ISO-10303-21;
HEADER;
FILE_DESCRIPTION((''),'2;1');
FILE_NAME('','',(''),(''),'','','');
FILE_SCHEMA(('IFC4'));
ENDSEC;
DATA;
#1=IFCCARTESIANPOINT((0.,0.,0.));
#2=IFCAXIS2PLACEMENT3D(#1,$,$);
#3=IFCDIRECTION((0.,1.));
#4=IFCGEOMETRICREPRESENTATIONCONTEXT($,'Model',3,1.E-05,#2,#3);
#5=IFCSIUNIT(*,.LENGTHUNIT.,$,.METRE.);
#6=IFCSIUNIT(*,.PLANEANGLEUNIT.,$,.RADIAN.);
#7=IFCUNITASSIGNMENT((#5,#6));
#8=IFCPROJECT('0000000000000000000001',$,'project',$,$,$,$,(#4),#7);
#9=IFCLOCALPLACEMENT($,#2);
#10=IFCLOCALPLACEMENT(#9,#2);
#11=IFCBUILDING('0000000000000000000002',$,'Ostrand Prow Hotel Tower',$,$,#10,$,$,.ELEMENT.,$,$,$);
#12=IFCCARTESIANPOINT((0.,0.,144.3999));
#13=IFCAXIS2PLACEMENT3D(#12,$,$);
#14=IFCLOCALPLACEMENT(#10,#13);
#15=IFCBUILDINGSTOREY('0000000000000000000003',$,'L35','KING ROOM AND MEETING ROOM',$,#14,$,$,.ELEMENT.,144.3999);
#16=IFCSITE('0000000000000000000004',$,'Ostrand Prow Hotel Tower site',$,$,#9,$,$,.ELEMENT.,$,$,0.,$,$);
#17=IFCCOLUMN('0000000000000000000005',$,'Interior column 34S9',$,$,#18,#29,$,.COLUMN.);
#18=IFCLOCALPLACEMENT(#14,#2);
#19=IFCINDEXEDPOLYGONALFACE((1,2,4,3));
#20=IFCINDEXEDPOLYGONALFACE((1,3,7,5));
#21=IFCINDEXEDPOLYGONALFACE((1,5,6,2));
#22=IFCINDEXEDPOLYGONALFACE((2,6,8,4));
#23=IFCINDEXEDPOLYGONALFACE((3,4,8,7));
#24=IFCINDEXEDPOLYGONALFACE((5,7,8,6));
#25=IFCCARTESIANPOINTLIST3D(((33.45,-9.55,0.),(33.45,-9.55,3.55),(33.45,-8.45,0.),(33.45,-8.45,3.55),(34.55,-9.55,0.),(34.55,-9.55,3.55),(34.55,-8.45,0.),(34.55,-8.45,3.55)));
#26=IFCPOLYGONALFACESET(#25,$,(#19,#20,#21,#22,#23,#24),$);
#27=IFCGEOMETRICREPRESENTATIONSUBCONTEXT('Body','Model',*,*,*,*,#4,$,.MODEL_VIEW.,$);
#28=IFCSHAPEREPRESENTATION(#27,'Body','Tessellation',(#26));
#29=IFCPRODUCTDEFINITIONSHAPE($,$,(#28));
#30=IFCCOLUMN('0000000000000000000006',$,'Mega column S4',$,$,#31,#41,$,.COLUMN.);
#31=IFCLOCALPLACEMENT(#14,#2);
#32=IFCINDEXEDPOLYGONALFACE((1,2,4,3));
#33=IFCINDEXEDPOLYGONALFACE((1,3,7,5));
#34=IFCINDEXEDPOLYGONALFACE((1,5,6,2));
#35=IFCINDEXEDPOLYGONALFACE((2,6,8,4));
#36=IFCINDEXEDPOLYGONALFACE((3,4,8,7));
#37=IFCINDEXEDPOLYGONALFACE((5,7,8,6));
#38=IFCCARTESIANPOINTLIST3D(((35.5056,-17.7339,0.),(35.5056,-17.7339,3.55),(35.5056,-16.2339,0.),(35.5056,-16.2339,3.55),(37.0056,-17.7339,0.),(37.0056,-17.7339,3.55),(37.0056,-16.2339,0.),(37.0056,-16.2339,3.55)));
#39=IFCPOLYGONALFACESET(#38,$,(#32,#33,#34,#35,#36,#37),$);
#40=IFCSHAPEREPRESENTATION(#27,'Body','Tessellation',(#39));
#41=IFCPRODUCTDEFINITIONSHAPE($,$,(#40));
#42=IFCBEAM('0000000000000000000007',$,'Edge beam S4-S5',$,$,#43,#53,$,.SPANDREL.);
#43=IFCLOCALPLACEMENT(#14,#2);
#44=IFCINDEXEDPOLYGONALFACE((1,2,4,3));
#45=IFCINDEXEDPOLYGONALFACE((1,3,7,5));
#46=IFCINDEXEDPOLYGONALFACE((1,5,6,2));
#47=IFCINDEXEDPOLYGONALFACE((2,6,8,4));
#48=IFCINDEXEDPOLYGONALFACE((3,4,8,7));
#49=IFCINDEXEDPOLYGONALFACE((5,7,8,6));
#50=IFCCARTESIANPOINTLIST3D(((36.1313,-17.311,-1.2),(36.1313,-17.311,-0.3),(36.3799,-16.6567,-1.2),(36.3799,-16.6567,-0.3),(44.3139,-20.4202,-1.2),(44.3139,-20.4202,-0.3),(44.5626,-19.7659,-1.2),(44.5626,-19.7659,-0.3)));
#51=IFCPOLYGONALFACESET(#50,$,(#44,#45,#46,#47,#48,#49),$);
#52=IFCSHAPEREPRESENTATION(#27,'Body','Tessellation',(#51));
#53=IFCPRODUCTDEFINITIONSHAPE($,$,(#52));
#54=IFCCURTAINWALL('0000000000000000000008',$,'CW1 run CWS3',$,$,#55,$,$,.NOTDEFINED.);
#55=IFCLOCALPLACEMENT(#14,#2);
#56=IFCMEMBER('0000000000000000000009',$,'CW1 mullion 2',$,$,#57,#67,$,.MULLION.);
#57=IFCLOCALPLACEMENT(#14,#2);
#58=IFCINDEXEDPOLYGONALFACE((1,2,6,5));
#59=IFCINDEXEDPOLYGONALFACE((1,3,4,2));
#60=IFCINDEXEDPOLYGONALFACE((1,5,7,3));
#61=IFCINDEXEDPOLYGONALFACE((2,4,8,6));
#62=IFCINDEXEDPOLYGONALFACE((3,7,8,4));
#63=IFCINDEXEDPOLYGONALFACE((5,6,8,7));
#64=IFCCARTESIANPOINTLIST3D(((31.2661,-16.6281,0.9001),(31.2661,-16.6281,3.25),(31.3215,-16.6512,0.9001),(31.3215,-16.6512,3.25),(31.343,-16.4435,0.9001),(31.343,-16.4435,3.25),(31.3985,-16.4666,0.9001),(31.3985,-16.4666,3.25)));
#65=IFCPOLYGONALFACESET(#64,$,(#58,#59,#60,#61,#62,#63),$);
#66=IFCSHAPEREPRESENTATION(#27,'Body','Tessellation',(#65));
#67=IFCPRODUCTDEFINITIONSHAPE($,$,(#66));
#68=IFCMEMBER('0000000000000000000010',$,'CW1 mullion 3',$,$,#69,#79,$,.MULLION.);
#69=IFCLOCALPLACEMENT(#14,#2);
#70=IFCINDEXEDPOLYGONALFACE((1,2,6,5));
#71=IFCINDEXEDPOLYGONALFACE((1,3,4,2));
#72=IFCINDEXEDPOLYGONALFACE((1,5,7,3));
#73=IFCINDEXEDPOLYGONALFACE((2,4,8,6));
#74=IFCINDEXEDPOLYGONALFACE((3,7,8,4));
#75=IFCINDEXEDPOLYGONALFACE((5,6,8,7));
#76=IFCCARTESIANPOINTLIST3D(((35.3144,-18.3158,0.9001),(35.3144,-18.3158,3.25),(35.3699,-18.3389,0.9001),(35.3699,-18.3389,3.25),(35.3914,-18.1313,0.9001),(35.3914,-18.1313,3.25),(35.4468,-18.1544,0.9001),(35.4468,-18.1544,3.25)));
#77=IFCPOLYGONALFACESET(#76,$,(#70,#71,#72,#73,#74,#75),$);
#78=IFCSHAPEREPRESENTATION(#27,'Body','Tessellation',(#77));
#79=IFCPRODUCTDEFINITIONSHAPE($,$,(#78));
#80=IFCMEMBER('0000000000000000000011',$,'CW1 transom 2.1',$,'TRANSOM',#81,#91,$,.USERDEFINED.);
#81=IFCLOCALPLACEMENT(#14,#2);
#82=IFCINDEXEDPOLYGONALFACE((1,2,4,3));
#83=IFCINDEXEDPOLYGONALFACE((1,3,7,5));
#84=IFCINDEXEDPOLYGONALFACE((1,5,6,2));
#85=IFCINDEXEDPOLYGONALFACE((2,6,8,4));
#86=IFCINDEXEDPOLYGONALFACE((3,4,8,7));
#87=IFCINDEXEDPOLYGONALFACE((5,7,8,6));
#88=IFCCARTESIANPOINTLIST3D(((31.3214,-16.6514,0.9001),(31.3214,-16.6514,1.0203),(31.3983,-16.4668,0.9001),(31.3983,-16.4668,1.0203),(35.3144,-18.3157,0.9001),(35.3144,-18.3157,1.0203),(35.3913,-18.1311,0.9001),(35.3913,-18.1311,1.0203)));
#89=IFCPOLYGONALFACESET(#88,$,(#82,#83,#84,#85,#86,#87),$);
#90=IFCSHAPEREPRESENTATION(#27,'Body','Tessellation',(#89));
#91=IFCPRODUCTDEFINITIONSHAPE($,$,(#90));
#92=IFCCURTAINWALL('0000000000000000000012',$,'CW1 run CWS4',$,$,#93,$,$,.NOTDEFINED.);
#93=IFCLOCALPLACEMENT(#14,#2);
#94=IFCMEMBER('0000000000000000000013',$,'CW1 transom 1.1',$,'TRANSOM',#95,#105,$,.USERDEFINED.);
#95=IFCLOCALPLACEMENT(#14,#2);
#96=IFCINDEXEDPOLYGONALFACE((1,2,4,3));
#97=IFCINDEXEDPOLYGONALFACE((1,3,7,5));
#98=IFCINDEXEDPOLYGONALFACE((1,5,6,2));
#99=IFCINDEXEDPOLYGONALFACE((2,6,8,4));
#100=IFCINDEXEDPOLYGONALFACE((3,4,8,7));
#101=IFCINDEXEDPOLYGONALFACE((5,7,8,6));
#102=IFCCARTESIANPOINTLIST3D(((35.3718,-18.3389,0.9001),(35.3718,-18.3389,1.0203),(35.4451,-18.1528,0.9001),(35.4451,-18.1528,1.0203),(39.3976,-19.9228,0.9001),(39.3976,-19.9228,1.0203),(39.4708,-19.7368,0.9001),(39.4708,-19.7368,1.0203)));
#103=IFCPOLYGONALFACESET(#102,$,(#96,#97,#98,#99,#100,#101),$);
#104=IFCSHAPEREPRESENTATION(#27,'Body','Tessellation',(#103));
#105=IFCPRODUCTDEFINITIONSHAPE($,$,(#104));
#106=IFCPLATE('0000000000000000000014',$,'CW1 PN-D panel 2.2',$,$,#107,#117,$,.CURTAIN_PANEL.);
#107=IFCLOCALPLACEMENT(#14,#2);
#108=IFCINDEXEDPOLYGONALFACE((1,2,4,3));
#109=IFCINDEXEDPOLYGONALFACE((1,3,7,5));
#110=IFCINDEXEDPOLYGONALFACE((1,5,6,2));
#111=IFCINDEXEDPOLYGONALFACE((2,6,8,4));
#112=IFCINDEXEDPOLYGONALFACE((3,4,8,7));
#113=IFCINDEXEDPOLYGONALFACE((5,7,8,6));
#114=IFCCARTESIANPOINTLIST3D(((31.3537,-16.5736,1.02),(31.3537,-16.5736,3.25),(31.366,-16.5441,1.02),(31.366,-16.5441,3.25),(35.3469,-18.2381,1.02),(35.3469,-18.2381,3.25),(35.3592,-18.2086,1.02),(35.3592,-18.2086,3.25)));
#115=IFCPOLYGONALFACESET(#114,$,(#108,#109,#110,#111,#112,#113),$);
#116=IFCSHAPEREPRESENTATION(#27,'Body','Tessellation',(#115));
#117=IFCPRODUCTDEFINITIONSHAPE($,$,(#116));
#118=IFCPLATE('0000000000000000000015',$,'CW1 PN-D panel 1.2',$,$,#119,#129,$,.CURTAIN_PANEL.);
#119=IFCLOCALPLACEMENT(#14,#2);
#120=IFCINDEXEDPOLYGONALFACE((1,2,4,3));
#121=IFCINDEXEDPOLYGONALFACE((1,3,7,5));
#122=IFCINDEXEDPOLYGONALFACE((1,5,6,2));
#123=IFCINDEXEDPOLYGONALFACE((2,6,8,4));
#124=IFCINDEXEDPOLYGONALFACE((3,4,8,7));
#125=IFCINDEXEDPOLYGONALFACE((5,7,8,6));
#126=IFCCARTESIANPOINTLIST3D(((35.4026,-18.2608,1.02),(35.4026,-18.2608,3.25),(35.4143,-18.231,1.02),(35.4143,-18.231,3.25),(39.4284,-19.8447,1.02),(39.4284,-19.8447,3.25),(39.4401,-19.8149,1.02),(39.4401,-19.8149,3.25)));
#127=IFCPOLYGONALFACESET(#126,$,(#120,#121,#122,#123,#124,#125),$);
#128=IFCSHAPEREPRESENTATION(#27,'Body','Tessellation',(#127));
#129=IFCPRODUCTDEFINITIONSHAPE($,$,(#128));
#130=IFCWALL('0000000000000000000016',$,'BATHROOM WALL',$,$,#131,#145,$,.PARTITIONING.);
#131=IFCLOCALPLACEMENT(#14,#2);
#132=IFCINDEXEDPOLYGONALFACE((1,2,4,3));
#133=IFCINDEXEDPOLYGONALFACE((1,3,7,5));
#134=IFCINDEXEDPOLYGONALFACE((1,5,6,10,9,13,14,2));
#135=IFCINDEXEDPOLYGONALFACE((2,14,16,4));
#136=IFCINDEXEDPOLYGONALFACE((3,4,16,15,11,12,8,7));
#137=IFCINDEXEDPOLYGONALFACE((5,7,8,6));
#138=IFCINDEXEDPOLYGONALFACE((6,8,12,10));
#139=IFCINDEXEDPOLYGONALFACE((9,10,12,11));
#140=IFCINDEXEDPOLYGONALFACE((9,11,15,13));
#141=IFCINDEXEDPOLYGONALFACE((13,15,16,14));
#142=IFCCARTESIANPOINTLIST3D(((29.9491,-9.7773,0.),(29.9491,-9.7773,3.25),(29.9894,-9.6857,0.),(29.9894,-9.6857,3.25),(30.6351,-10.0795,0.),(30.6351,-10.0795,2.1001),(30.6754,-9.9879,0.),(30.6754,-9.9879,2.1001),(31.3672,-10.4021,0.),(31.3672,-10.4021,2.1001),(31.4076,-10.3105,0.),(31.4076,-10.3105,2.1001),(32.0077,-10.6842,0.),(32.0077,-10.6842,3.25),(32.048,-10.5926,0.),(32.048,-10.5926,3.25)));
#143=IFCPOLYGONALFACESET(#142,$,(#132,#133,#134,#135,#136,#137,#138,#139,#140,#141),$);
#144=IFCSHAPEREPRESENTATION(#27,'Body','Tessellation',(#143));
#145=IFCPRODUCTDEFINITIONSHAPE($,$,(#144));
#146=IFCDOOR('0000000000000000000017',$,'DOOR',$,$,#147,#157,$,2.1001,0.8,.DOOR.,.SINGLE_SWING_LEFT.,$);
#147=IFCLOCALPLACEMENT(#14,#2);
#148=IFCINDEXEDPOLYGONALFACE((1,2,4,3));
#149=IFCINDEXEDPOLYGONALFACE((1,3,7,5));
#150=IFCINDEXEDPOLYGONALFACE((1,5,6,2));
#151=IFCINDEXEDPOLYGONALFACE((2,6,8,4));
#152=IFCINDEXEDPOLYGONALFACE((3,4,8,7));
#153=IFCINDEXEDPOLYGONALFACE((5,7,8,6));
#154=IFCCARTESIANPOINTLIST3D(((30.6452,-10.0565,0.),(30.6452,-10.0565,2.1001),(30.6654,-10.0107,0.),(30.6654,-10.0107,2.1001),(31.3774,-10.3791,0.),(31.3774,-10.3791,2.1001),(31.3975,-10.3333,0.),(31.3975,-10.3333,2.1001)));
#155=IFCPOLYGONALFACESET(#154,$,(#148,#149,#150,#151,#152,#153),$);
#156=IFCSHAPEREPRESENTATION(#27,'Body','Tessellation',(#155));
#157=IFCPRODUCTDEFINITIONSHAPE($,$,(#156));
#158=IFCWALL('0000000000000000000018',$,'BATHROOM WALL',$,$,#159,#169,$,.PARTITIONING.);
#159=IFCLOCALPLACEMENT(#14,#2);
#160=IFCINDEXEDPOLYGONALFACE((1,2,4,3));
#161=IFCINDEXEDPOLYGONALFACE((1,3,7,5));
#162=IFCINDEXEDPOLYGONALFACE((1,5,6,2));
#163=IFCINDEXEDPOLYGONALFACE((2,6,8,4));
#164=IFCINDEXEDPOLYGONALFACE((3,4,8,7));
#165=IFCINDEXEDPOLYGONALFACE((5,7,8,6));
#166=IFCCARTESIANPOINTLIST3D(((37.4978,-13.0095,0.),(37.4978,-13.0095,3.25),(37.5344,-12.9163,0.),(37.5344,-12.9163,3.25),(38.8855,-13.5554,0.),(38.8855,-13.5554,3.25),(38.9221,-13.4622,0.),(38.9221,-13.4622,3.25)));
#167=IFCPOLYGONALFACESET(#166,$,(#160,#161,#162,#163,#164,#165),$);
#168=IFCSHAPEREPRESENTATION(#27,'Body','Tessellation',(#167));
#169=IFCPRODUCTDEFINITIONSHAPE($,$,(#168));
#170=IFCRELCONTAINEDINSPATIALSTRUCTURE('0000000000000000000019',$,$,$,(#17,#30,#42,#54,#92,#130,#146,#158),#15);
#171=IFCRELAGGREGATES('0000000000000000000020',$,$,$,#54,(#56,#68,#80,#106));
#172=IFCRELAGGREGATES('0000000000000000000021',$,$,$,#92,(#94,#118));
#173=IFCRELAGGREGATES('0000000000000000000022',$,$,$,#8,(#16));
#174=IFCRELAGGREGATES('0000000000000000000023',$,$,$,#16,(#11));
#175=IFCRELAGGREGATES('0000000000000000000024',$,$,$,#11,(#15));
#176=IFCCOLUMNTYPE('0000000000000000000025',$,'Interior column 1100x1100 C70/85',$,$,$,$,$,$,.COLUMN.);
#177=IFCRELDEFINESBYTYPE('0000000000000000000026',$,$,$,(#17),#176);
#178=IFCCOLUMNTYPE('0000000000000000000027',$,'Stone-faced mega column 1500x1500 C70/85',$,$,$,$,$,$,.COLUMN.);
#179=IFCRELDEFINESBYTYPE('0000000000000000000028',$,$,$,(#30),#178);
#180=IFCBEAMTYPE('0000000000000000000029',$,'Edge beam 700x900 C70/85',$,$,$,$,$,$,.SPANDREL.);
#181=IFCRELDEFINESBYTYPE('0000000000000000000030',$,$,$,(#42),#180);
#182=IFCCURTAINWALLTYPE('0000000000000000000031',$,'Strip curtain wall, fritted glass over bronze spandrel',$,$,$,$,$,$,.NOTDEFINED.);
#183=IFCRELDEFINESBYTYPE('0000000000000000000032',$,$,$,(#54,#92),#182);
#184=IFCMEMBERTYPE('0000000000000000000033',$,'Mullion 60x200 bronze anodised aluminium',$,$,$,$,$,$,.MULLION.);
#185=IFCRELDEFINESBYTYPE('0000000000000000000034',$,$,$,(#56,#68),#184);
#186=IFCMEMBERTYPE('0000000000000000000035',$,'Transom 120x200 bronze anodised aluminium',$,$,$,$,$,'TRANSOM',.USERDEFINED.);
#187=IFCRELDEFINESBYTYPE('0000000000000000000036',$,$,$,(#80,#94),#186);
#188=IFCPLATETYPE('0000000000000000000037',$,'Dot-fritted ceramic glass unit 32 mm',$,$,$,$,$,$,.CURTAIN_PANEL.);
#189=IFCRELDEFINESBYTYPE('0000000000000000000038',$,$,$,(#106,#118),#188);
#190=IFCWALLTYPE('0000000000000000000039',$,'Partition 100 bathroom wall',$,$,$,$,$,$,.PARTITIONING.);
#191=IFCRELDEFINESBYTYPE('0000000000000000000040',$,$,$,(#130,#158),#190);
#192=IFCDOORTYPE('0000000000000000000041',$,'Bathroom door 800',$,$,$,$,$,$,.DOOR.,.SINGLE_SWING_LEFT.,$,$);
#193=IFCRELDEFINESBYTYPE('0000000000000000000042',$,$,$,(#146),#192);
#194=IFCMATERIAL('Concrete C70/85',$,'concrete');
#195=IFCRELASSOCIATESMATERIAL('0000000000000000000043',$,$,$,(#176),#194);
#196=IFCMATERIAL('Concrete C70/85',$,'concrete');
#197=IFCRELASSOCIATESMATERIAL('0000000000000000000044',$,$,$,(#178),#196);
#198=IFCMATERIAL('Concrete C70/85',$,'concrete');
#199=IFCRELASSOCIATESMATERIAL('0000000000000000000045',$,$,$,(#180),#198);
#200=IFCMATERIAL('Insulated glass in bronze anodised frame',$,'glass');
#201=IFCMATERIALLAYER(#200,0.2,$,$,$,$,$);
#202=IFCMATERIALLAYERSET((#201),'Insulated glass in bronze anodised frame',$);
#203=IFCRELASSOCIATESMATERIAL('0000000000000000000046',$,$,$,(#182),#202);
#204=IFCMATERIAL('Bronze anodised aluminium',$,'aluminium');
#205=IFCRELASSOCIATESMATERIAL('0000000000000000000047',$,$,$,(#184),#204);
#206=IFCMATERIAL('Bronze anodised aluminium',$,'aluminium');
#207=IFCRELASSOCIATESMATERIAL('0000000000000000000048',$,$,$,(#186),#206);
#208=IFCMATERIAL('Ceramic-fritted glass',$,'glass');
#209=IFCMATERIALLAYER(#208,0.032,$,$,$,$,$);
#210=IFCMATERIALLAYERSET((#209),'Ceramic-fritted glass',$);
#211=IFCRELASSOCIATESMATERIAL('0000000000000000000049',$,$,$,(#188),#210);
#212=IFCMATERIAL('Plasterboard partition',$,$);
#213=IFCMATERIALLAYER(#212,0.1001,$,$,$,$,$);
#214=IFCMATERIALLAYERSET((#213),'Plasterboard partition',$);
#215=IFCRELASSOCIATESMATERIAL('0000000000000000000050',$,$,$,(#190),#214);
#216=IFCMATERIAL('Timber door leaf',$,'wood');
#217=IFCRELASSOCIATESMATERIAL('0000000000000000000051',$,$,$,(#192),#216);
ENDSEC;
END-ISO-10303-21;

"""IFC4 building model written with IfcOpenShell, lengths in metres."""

from ifc_helpers import new_model, si_unit, direction, frame, frame_2d, origin, origin_2d, place, context, subcontext, project, spatial, rectangle, extrude, material, layer, layer_set, material_profile, profile_set, type_object, element, fill, aggregate, save


model = new_model("IFC4")

# Units and contexts
model_context = context("Model", 3, precision=1e-05, world=origin(), true_north=direction((0.0, 1.0)))
body_context = subcontext(model_context, "Body", "Model", "MODEL_VIEW")
ifc_project = project(units=[si_unit("LENGTHUNIT", "METRE"), si_unit("PLANEANGLEUNIT", "RADIAN")], contexts=[model_context])

# Site, building, storey
site_placement = place(None, origin())
site = spatial("IfcSite", under=ifc_project, at=site_placement, Name="Ostrand Prow Hotel Tower site", CompositionType="ELEMENT", RefElevation=0.0)
building_placement = place(site_placement, origin())
building = spatial("IfcBuilding", under=site, at=building_placement, Name="Ostrand Prow Hotel Tower", CompositionType="ELEMENT")
storey_placement = place(building_placement, frame((0.0, 0.0, 144.3999)))
storey = spatial("IfcBuildingStorey", under=building, at=storey_placement, Name="L35", Description="KING ROOM AND MEETING ROOM", CompositionType="ELEMENT", Elevation=144.3999)

# Columns
ifc_material_1 = material(Name="Concrete C70/85", Category="concrete")
ifc_material_profile_1 = material_profile(ifc_material_1, rectangle(XDim=1.1001, YDim=1.1001, at=origin_2d()), Name="RC 1100x1100")
ifc_profile_set_1 = profile_set([ifc_material_profile_1], Name="Concrete C70/85")
column_type_1 = type_object("IfcColumnType", Name="Interior column 1100x1100 C70/85", PredefinedType="COLUMN", material=ifc_profile_set_1)
column_1_placement = place(storey_placement, frame((34.0, -9.0, 0.0), z_axis=(0.0, 0.0, 1.0), x_axis=(1.0, 0.0, 0.0)))
element("IfcColumn", 1, at=column_1_placement, inside=storey, type_object=column_type_1, Name="Interior column 34S9", PredefinedType="COLUMN", context=body_context, shape_type="SweptSolid", body=[
    extrude(rectangle(XDim=1.1001, YDim=1.1001, at=origin_2d()), origin(), (0.0, 0.0, 1.0), 3.55),
])
ifc_material_2 = material(Name="Concrete C70/85", Category="concrete")
ifc_material_profile_2 = material_profile(ifc_material_2, rectangle(XDim=1.5, YDim=1.5, at=origin_2d()), Name="RC 1500x1500")
ifc_profile_set_2 = profile_set([ifc_material_profile_2], Name="Concrete C70/85")
column_type_2 = type_object("IfcColumnType", Name="Stone-faced mega column 1500x1500 C70/85", PredefinedType="COLUMN", material=ifc_profile_set_2)
column_2_placement = place(storey_placement, frame((36.2556, -16.9839, 0.0), z_axis=(0.0, 0.0, 1.0), x_axis=(1.0, 0.0, 0.0)))
element("IfcColumn", 2, at=column_2_placement, inside=storey, type_object=column_type_2, Name="Mega column S4", PredefinedType="COLUMN", context=body_context, shape_type="SweptSolid", body=[
    extrude(rectangle(XDim=1.5, YDim=1.5, at=origin_2d()), origin(), (0.0, 0.0, 1.0), 3.55),
])

# Beam
ifc_material_3 = material(Name="Concrete C70/85", Category="concrete")
ifc_material_profile_3 = material_profile(ifc_material_3, rectangle(XDim=0.7, YDim=0.8999, at=origin_2d()), Name="RC 700x900")
ifc_profile_set_3 = profile_set([ifc_material_profile_3], Name="Concrete C70/85")
beam_type = type_object("IfcBeamType", Name="Edge beam 700x900 C70/85", PredefinedType="SPANDREL", material=ifc_profile_set_3)
beam_placement = place(storey_placement, frame((36.2556, -16.9839, -0.75), z_axis=(0.934794, -0.355191, 0.0), x_axis=(0.355191, 0.934794, 0.0)))
element("IfcBeam", 3, at=beam_placement, inside=storey, type_object=beam_type, Name="Edge beam S4-S5", PredefinedType="SPANDREL", context=body_context, shape_type="SweptSolid", body=[
    extrude(rectangle(XDim=0.7, YDim=0.8999, at=origin_2d()), origin(), (0.0, 0.0, 1.0), 8.7534),
])

# Curtain wall, members
ifc_material_4 = material(Name="Insulated glass in bronze anodised frame", Category="glass")
ifc_layer_1 = layer(ifc_material_4, 0.2)
ifc_layer_set_1 = layer_set([ifc_layer_1], Name="Insulated glass in bronze anodised frame")
curtain_wall_type = type_object("IfcCurtainWallType", Name="Strip curtain wall, fritted glass over bronze spandrel", PredefinedType="NOTDEFINED", material=ifc_layer_set_1)
curtain_wall_1_placement = place(storey_placement, origin())
curtain_wall_1 = element("IfcCurtainWall", 4, at=curtain_wall_1_placement, inside=storey, type_object=curtain_wall_type, Name="CW1 run CWS3", PredefinedType="NOTDEFINED")
ifc_material_5 = material(Name="Bronze anodised aluminium", Category="aluminium")
ifc_material_profile_4 = material_profile(ifc_material_5, rectangle(XDim=0.2, YDim=0.0601, at=origin_2d()), Name="Mullion 60x200 bronze anodised aluminium")
ifc_profile_set_4 = profile_set([ifc_material_profile_4], Name="Bronze anodised aluminium")
member_type_1 = type_object("IfcMemberType", Name="Mullion 60x200 bronze anodised aluminium", PredefinedType="MULLION", material=ifc_profile_set_4)
member_1_placement = place(storey_placement, frame((31.3323, -16.5474, 0.9001), z_axis=(0.0, 0.0, 1.0), x_axis=(0.384743, 0.923024, 0.0)))
member_1 = element("IfcMember", 5, at=member_1_placement, type_object=member_type_1, Name="CW1 mullion 2", PredefinedType="MULLION", context=body_context, shape_type="SweptSolid", body=[
    extrude(rectangle(XDim=0.2, YDim=0.0601, at=origin_2d()), origin(), (0.0, 0.0, 1.0), 2.3499),
])
member_2_placement = place(storey_placement, frame((35.3806, -18.2351, 0.9001), z_axis=(0.0, 0.0, 1.0), x_axis=(0.384743, 0.923024, 0.0)))
member_2 = element("IfcMember", 6, at=member_2_placement, type_object=member_type_1, Name="CW1 mullion 3", PredefinedType="MULLION", context=body_context, shape_type="SweptSolid", body=[
    extrude(rectangle(XDim=0.2, YDim=0.0601, at=origin_2d()), origin(), (0.0, 0.0, 1.0), 2.3499),
])
ifc_material_6 = material(Name="Bronze anodised aluminium", Category="aluminium")
ifc_material_profile_5 = material_profile(ifc_material_6, rectangle(XDim=0.2, YDim=0.1201, at=origin_2d()), Name="Transom 120x200 bronze anodised aluminium")
ifc_profile_set_5 = profile_set([ifc_material_profile_5], Name="Bronze anodised aluminium")
member_type_2 = type_object("IfcMemberType", Name="Transom 120x200 bronze anodised aluminium", ElementType="TRANSOM", PredefinedType="USERDEFINED", material=ifc_profile_set_5)
member_3_placement = place(storey_placement, frame((31.3599, -16.5591, 0.9602), z_axis=(0.923028, -0.384732, 0.0), x_axis=(0.384732, 0.923028, 0.0)))
member_3 = element("IfcMember", 7, at=member_3_placement, type_object=member_type_2, Name="CW1 transom 2.1", ObjectType="TRANSOM", PredefinedType="USERDEFINED", context=body_context, shape_type="SweptSolid", body=[
    extrude(rectangle(XDim=0.2, YDim=0.1201, at=origin_2d()), origin(), (0.0, 0.0, 1.0), 4.3259),
])

# Curtain wall, member
curtain_wall_2_placement = place(storey_placement, origin())
curtain_wall_2 = element("IfcCurtainWall", 8, at=curtain_wall_2_placement, inside=storey, type_object=curtain_wall_type, Name="CW1 run CWS4", PredefinedType="NOTDEFINED")
member_4_placement = place(storey_placement, frame((35.4084, -18.2458, 0.9602), z_axis=(0.930563, -0.366131, 0.0), x_axis=(0.366131, 0.930563, 0.0)))
member_4 = element("IfcMember", 9, at=member_4_placement, type_object=member_type_2, Name="CW1 transom 1.1", ObjectType="TRANSOM", PredefinedType="USERDEFINED", context=body_context, shape_type="SweptSolid", body=[
    extrude(rectangle(XDim=0.2, YDim=0.1201, at=origin_2d()), origin(), (0.0, 0.0, 1.0), 4.3262),
])

# Plates
ifc_material_7 = material(Name="Ceramic-fritted glass", Category="glass")
ifc_layer_2 = layer(ifc_material_7, 0.032)
ifc_layer_set_2 = layer_set([ifc_layer_2], Name="Ceramic-fritted glass")
plate_type = type_object("IfcPlateType", Name="Dot-fritted ceramic glass unit 32 mm", PredefinedType="CURTAIN_PANEL", material=ifc_layer_set_2)
plate_1_placement = place(storey_placement, frame((33.3564, -17.3911, 1.02), z_axis=(0.0, 0.0, 1.0), x_axis=(0.923024, -0.384743, 0.0)))
plate_1 = element("IfcPlate", 10, at=plate_1_placement, type_object=plate_type, Name="CW1 PN-D panel 2.2", PredefinedType="CURTAIN_PANEL", context=body_context, shape_type="SweptSolid", body=[
    extrude(rectangle(XDim=4.3262, YDim=0.032, at=origin_2d()), origin(), (0.0, 0.0, 1.0), 2.23),
])
aggregate(curtain_wall_1, [member_1, member_2, member_3, plate_1])
plate_2_placement = place(storey_placement, frame((37.4214, -19.0378, 1.02), z_axis=(0.0, 0.0, 1.0), x_axis=(0.930569, -0.366116, 0.0)))
plate_2 = element("IfcPlate", 11, at=plate_2_placement, type_object=plate_type, Name="CW1 PN-D panel 1.2", PredefinedType="CURTAIN_PANEL", context=body_context, shape_type="SweptSolid", body=[
    extrude(rectangle(XDim=4.3262, YDim=0.032, at=origin_2d()), origin(), (0.0, 0.0, 1.0), 2.23),
])
aggregate(curtain_wall_2, [member_4, plate_2])

# Wall, opening, door
ifc_material_8 = material(Name="Plasterboard partition")
ifc_layer_3 = layer(ifc_material_8, 0.1001)
ifc_layer_set_3 = layer_set([ifc_layer_3], Name="Plasterboard partition")
wall_type_1 = type_object("IfcWallType", Name="Partition 100 bathroom wall", PredefinedType="PARTITIONING", material=ifc_layer_set_3)
wall_1_placement = place(storey_placement, frame((32.0278, -10.6384, 0.0), z_axis=(0.0, 0.0, 1.0), x_axis=(-0.915118, 0.403186, 0.0)))
wall_1 = element("IfcWall", 12, at=wall_1_placement, inside=storey, type_object=wall_type_1, Name="BATHROOM WALL", PredefinedType="PARTITIONING", context=body_context, shape_type="SweptSolid", body=[
    extrude(rectangle(XDim=2.2495, YDim=0.1001, at=frame_2d((1.1248, 0.0))), origin(), (0.0, 0.0, 1.0), 3.25),
])
opening_1_placement = place(wall_1_placement, frame((0.7, 0.0, 0.0)))
opening_1 = element("IfcOpeningElement", 13, at=opening_1_placement, cuts=wall_1, PredefinedType="OPENING", context=body_context, shape_type="SweptSolid", body=[
    extrude(rectangle(XDim=0.8, YDim=2.1001, at=frame_2d((0.3999, 1.05))), frame((0.0, 0.0601, 0.0), z_axis=(0.0, -1.0, 0.0), x_axis=(1.0, 0.0, 0.0)), (0.0, 0.0, 1.0), 0.1201),
])
ifc_material_9 = material(Name="Timber door leaf", Category="wood")
door_type_1 = type_object("IfcDoorType", Name="Bathroom door 800", OperationType="SINGLE_SWING_LEFT", PredefinedType="DOOR", material=ifc_material_9)
door_1_placement = place(opening_1_placement, origin())
door_1 = element("IfcDoor", 14, at=door_1_placement, inside=storey, type_object=door_type_1, Name="DOOR", OperationType="SINGLE_SWING_LEFT", OverallHeight=2.1001, OverallWidth=0.8, PredefinedType="DOOR", context=body_context, shape_type="SweptSolid", body=[
    extrude(rectangle(XDim=0.8, YDim=2.1001, at=frame_2d((0.3999, 1.05))), frame((0.0, 0.0249, 0.0), z_axis=(0.0, -1.0, 0.0), x_axis=(1.0, 0.0, 0.0)), (0.0, 0.0, 1.0), 0.05),
])
fill(opening_1, door_1)

# Wall
wall_2_placement = place(storey_placement, frame((38.9038, -13.5088, 0.0), z_axis=(0.0, 0.0, 1.0), x_axis=(-0.930584, 0.366078, 0.0)))
element("IfcWall", 15, at=wall_2_placement, inside=storey, type_object=wall_type_1, Name="BATHROOM WALL", PredefinedType="PARTITIONING", context=body_context, shape_type="SweptSolid", body=[
    extrude(rectangle(XDim=1.4912, YDim=0.1001, at=frame_2d((0.7456, 0.0))), origin(), (0.0, 0.0, 1.0), 3.25),
])

save(model, "model.ifc")
